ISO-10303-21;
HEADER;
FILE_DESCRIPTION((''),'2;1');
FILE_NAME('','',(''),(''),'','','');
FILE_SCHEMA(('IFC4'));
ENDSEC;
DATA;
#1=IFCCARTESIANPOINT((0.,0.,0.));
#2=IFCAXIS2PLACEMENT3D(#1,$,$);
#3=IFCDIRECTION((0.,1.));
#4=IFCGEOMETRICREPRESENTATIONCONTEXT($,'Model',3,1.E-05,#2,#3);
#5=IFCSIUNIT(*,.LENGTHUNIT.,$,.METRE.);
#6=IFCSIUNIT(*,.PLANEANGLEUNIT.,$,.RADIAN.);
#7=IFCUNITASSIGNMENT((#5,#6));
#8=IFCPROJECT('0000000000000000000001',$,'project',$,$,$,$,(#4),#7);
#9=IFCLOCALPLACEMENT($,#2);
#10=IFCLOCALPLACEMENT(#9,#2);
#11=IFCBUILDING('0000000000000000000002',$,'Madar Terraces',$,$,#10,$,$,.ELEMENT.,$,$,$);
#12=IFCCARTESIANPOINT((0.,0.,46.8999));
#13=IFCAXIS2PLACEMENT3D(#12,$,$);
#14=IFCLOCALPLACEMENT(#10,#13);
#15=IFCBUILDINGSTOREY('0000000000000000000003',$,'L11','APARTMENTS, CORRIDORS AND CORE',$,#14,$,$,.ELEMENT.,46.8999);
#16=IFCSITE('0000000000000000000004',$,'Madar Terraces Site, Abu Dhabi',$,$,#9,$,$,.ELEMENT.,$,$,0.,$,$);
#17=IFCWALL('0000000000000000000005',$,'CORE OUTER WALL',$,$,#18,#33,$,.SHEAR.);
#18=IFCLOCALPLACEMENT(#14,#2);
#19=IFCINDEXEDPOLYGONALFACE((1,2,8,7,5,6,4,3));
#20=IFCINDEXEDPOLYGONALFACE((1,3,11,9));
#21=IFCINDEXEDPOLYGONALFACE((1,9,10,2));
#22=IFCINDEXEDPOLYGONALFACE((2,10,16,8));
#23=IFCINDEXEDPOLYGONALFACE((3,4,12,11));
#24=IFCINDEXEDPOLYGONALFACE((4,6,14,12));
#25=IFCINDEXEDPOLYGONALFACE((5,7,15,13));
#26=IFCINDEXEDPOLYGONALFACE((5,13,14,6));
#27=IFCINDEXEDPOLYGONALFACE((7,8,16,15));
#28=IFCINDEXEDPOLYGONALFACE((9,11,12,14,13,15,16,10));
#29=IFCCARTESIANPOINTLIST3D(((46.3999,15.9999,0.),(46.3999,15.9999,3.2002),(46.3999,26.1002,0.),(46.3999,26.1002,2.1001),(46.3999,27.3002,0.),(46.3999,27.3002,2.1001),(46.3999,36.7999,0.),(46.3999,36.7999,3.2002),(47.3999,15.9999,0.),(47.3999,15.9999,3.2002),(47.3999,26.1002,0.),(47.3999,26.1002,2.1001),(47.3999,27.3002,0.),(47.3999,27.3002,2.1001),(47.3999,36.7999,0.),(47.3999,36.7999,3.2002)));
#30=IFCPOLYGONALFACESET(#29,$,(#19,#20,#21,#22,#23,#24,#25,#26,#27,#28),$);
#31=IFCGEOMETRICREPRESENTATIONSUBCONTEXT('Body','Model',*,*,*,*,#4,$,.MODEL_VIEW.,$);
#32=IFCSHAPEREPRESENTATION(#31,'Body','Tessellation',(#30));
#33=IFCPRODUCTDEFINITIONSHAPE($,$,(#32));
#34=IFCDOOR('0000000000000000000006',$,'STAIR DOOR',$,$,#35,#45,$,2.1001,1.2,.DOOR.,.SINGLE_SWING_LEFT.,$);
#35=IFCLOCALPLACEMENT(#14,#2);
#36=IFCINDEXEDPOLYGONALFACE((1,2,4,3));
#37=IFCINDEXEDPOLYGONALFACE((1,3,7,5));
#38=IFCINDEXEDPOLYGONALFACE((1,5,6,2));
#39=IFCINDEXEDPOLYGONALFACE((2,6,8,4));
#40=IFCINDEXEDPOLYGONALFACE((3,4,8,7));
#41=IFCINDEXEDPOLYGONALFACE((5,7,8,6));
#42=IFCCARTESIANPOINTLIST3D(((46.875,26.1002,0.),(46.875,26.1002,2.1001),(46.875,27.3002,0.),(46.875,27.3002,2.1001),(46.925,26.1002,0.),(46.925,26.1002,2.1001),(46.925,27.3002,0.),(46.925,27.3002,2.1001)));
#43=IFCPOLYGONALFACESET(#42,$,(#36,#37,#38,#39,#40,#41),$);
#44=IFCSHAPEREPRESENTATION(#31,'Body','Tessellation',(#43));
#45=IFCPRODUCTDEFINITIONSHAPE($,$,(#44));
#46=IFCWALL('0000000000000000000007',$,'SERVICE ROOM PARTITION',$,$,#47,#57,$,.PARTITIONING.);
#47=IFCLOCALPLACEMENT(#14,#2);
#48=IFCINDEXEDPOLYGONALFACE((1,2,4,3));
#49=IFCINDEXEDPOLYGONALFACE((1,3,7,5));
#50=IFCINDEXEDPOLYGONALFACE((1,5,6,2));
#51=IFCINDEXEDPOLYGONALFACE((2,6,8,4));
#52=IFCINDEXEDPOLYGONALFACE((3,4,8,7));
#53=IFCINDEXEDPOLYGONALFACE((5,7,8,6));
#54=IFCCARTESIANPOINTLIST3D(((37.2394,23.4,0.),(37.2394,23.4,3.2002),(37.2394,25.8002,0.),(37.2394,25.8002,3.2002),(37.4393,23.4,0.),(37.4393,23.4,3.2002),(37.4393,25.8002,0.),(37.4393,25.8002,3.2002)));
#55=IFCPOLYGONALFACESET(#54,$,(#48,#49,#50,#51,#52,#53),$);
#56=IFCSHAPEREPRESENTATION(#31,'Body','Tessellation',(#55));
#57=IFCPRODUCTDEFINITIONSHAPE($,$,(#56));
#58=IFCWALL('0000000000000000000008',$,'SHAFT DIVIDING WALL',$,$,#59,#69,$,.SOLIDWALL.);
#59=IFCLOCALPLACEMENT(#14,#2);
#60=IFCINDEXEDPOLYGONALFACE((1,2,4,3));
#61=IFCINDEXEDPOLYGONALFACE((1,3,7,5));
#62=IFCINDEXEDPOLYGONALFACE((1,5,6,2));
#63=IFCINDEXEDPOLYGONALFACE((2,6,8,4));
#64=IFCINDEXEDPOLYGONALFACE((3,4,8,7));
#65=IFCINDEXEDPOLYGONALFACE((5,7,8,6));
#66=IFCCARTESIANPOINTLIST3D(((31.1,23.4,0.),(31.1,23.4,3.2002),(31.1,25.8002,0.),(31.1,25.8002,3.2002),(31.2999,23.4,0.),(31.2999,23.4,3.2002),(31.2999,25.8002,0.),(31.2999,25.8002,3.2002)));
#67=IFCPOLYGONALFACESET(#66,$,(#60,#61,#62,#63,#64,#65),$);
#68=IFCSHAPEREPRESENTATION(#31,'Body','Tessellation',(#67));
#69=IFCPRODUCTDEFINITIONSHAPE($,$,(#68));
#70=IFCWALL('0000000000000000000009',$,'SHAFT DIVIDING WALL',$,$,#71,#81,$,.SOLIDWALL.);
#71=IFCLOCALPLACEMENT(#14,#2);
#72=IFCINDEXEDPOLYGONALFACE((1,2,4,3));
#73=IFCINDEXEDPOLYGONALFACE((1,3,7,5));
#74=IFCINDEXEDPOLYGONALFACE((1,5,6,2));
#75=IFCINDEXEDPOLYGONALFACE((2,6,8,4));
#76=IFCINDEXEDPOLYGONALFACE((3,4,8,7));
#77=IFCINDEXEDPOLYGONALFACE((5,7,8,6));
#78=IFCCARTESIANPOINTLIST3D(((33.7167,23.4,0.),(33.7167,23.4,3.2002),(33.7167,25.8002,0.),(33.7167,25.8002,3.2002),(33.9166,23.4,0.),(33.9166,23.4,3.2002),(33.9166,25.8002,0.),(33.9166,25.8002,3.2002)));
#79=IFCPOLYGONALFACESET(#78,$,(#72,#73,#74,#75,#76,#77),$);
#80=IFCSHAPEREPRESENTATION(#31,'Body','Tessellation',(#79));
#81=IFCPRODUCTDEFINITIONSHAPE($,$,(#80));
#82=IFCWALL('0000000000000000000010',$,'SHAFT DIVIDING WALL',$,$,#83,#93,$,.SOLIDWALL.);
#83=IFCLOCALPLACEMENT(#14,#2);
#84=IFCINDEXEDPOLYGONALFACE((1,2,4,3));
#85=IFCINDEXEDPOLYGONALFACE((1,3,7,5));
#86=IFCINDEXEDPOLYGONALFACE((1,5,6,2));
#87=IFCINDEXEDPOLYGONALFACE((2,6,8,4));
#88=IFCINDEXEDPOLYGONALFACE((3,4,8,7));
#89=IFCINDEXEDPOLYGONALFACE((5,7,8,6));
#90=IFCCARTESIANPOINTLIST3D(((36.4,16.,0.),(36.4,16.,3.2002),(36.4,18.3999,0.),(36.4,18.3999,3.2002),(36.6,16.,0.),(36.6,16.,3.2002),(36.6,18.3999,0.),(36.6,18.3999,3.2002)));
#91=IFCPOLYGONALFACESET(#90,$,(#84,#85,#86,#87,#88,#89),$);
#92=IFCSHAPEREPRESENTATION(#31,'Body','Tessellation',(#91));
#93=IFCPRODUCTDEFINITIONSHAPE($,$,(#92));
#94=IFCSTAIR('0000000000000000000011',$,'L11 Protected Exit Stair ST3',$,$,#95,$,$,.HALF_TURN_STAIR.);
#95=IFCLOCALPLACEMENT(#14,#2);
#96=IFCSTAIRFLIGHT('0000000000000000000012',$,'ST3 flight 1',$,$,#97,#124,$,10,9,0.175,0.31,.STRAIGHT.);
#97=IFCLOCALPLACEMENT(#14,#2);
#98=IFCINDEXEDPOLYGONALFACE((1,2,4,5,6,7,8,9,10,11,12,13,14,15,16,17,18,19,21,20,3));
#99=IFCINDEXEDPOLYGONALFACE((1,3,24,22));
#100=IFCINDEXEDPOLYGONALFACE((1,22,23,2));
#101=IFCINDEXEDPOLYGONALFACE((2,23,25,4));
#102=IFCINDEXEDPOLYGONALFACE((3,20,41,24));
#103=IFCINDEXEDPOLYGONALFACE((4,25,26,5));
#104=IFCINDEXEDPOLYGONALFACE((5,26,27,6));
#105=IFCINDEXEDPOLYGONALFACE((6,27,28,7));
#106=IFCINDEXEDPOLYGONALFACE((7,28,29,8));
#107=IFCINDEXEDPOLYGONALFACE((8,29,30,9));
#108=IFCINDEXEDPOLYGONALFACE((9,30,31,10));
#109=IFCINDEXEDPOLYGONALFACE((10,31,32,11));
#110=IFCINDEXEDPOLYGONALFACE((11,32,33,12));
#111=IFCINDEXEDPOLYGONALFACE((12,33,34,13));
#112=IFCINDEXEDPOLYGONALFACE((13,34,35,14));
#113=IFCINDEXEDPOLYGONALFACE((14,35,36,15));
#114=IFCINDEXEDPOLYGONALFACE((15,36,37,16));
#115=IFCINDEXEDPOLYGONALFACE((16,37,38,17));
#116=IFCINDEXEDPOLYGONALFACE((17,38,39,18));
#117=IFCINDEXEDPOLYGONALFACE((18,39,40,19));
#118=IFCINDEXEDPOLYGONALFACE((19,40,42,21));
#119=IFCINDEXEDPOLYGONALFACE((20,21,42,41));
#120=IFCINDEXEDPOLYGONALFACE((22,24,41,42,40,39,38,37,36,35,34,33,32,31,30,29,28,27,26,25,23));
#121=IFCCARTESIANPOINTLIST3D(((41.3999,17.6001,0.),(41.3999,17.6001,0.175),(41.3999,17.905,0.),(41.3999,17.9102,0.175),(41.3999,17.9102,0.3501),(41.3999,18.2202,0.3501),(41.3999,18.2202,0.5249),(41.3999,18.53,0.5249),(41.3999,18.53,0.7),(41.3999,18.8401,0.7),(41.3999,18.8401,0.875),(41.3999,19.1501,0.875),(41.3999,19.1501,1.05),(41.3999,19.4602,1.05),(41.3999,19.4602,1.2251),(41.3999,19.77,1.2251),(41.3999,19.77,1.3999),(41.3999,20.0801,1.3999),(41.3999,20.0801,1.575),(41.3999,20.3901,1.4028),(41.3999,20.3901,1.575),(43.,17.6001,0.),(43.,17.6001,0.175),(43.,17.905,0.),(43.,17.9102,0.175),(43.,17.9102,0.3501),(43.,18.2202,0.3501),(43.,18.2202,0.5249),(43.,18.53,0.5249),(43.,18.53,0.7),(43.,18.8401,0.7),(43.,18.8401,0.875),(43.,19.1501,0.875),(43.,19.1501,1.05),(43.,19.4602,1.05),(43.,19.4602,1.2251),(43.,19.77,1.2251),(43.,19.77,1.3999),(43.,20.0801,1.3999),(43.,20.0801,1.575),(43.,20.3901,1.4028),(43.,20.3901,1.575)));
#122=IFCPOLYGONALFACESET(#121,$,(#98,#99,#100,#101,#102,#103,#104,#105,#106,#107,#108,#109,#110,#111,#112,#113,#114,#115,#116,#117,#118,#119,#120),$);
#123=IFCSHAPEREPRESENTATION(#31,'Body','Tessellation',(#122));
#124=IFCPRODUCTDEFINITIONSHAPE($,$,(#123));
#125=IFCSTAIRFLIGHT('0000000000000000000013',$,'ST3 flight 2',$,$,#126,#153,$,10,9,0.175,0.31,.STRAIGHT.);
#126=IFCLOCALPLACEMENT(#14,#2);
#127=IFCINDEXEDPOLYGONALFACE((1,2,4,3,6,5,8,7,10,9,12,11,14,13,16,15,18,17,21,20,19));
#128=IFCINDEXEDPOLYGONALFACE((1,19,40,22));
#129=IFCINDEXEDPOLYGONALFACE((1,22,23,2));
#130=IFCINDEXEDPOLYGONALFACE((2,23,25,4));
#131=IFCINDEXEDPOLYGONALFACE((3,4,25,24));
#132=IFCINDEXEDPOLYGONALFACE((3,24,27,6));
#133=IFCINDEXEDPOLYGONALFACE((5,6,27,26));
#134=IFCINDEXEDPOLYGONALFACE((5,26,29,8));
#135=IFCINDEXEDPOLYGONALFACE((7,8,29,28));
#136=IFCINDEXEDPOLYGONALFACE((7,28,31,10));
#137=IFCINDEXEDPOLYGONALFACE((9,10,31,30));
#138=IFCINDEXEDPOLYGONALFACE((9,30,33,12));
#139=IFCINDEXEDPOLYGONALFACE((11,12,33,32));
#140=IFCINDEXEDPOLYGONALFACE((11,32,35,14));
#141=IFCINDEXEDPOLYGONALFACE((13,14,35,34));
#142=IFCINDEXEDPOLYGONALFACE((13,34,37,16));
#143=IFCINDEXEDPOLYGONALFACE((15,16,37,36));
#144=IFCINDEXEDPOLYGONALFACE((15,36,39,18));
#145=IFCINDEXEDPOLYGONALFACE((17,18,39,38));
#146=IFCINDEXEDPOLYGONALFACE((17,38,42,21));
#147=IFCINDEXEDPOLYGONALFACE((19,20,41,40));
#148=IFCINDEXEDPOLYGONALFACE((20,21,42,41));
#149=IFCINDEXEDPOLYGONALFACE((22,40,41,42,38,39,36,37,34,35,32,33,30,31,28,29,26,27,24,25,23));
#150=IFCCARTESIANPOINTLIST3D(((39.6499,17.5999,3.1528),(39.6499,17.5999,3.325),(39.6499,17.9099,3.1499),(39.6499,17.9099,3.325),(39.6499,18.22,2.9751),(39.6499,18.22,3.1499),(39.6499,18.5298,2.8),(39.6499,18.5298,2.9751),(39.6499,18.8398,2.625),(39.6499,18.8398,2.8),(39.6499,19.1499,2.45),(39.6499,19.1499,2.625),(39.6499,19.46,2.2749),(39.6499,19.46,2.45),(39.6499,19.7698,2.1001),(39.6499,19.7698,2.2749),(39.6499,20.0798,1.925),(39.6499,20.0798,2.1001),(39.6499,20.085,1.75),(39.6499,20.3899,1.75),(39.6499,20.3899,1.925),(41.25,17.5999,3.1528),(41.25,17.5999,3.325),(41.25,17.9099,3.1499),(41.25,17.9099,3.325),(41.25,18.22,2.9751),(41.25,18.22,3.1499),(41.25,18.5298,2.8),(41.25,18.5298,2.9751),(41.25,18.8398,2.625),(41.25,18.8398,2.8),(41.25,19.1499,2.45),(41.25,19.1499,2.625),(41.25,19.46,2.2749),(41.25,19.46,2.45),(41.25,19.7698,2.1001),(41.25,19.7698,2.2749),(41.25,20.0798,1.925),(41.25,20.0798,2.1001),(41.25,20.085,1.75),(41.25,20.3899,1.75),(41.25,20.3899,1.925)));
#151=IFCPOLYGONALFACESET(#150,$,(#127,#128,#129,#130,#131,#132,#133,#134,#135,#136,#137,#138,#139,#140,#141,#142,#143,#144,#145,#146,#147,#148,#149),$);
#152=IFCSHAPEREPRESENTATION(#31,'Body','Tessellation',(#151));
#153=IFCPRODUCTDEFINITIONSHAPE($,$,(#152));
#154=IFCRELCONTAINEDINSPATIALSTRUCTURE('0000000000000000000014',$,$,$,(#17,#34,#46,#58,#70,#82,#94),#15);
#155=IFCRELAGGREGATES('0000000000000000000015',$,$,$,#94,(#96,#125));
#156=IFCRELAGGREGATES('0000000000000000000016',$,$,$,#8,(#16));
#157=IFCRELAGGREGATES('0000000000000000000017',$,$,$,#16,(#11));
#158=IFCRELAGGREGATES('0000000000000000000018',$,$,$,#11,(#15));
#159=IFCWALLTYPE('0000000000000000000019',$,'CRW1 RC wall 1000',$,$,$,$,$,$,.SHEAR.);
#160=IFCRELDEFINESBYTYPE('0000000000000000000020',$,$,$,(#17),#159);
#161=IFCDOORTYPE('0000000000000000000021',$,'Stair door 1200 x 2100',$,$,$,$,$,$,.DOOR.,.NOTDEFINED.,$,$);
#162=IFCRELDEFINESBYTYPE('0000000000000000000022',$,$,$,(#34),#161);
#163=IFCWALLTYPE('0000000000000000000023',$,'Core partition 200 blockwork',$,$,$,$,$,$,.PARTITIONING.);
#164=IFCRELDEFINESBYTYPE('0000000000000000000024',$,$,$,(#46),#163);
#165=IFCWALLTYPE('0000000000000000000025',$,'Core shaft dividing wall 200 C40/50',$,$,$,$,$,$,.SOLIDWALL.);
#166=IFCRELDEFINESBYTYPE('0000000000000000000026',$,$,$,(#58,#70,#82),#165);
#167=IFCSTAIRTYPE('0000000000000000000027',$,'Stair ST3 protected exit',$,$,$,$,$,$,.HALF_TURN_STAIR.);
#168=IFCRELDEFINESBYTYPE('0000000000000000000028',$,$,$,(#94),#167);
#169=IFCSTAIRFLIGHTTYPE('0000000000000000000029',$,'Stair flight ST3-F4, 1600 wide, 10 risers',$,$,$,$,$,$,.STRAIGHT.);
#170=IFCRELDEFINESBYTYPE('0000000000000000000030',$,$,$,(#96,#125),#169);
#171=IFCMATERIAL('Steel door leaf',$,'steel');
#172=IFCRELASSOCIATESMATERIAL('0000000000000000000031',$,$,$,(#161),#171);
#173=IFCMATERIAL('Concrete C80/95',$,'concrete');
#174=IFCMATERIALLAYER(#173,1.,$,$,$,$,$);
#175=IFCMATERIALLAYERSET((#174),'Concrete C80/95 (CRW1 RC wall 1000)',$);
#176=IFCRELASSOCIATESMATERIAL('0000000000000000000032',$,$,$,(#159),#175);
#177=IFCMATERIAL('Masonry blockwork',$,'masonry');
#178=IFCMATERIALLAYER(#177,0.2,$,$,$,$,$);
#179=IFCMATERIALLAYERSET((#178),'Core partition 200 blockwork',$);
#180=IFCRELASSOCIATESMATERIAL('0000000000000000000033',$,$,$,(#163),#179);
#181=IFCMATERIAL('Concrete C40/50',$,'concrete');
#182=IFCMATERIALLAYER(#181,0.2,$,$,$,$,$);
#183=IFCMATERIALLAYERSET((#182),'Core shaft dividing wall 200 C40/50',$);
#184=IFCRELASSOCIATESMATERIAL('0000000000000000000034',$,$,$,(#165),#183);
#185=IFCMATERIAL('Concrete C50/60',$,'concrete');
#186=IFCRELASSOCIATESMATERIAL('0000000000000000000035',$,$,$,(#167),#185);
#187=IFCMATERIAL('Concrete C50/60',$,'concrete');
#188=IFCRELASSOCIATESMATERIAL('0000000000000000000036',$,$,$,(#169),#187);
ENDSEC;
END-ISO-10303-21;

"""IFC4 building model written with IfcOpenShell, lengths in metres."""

from ifc_helpers import new_model, si_unit, direction, frame, frame_2d, origin, place, context, subcontext, project, spatial, polyline, rectangle, outline, extrude, material, layer, layer_set, type_object, element, fill, aggregate, save


model = new_model("IFC4")

# Units and contexts
model_context = context("Model", 3, precision=1e-05, world=origin(), true_north=direction((0.0, 1.0)))
body_context = subcontext(model_context, "Body", "Model", "MODEL_VIEW")
ifc_project = project(units=[si_unit("LENGTHUNIT", "METRE"), si_unit("PLANEANGLEUNIT", "RADIAN")], contexts=[model_context])

# Site, building, storey
site_placement = place(None, origin())
site = spatial("IfcSite", under=ifc_project, at=site_placement, Name="Madar Terraces Site, Abu Dhabi", CompositionType="ELEMENT", RefElevation=0.0)
building_placement = place(site_placement, origin())
building = spatial("IfcBuilding", under=site, at=building_placement, Name="Madar Terraces", CompositionType="ELEMENT")
storey_placement = place(building_placement, frame((0.0, 0.0, 46.8999)))
storey = spatial("IfcBuildingStorey", under=building, at=storey_placement, Name="L11", Description="APARTMENTS, CORRIDORS AND CORE", CompositionType="ELEMENT", Elevation=46.8999)

# Shared definitions
ifc_material_1 = material(Name="Steel door leaf", Category="steel")
door_type_1 = type_object("IfcDoorType", Name="Stair door 1200 x 2100", OperationType="NOTDEFINED", PredefinedType="DOOR", material=ifc_material_1)

# Wall, opening, door
ifc_material_2 = material(Name="Concrete C80/95", Category="concrete")
ifc_layer_1 = layer(ifc_material_2, 1.0)
ifc_layer_set_1 = layer_set([ifc_layer_1], Name="Concrete C80/95 (CRW1 RC wall 1000)")
wall_type_1 = type_object("IfcWallType", Name="CRW1 RC wall 1000", PredefinedType="SHEAR", material=ifc_layer_set_1)
wall_1_placement = place(storey_placement, frame((46.8999, 16.0, 0.0), z_axis=(0.0, 0.0, 1.0), x_axis=(0.0, 1.0, 0.0)))
wall_1 = element("IfcWall", 1, at=wall_1_placement, inside=storey, type_object=wall_type_1, Name="CORE OUTER WALL", PredefinedType="SHEAR", context=body_context, shape_type="SweptSolid", body=[
    extrude(rectangle(XDim=20.8, YDim=1.0, at=frame_2d((10.3999, 0.0))), origin(), (0.0, 0.0, 1.0), 3.2002),
])
opening_1_placement = place(wall_1_placement, frame((10.1001, 0.0, 0.0)))
opening_1 = element("IfcOpeningElement", 2, at=opening_1_placement, cuts=wall_1, PredefinedType="OPENING", context=body_context, shape_type="SweptSolid", body=[
    extrude(rectangle(XDim=1.2, YDim=2.1001, at=frame_2d((0.6001, 1.05))), frame((0.0, 0.51, 0.0), z_axis=(0.0, -1.0, 0.0), x_axis=(1.0, 0.0, 0.0)), (0.0, 0.0, 1.0), 1.02),
])
door_1_placement = place(opening_1_placement, origin())
door_1 = element("IfcDoor", 3, at=door_1_placement, inside=storey, type_object=door_type_1, Name="STAIR DOOR", OperationType="SINGLE_SWING_LEFT", OverallHeight=2.1001, OverallWidth=1.2, PredefinedType="DOOR", context=body_context, shape_type="SweptSolid", body=[
    extrude(rectangle(XDim=1.2, YDim=2.1001, at=frame_2d((0.6001, 1.05))), frame((0.0, 0.0249, 0.0), z_axis=(0.0, -1.0, 0.0), x_axis=(1.0, 0.0, 0.0)), (0.0, 0.0, 1.0), 0.05),
])
fill(opening_1, door_1)

# Walls
ifc_material_3 = material(Name="Masonry blockwork", Category="masonry")
ifc_layer_2 = layer(ifc_material_3, 0.2)
ifc_layer_set_2 = layer_set([ifc_layer_2], Name="Core partition 200 blockwork")
wall_type_2 = type_object("IfcWallType", Name="Core partition 200 blockwork", PredefinedType="PARTITIONING", material=ifc_layer_set_2)
wall_2_placement = place(storey_placement, frame((37.3394, 23.3999, 0.0), z_axis=(0.0, 0.0, 1.0), x_axis=(0.0, 1.0, 0.0)))
element("IfcWall", 4, at=wall_2_placement, inside=storey, type_object=wall_type_2, Name="SERVICE ROOM PARTITION", PredefinedType="PARTITIONING", context=body_context, shape_type="SweptSolid", body=[
    extrude(rectangle(XDim=2.4001, YDim=0.2, at=frame_2d((1.2002, 0.0))), origin(), (0.0, 0.0, 1.0), 3.2002),
])
ifc_material_4 = material(Name="Concrete C40/50", Category="concrete")
ifc_layer_3 = layer(ifc_material_4, 0.2)
ifc_layer_set_3 = layer_set([ifc_layer_3], Name="Core shaft dividing wall 200 C40/50")
wall_type_3 = type_object("IfcWallType", Name="Core shaft dividing wall 200 C40/50", PredefinedType="SOLIDWALL", material=ifc_layer_set_3)
for number, where, z_axis, x_axis, name in (
    (5, (31.2, 23.3999, 0.0), (0.0, 0.0, 1.0), (0.0, 1.0, 0.0), "SHAFT DIVIDING WALL"),
    (6, (33.8167, 23.3999, 0.0), (0.0, 0.0, 1.0), (0.0, 1.0, 0.0), "SHAFT DIVIDING WALL"),
):
    element("IfcWall", number, at=place(storey_placement, frame(where, z_axis=z_axis, x_axis=x_axis)), inside=storey, type_object=wall_type_3, Name=name, PredefinedType="SOLIDWALL", context=body_context, shape_type="SweptSolid", body=[
        extrude(rectangle(XDim=2.4001, YDim=0.2, at=frame_2d((1.2002, 0.0))), origin(), (0.0, 0.0, 1.0), 3.2002),
    ])
wall_3_placement = place(storey_placement, frame((36.5, 16.0, 0.0), z_axis=(0.0, 0.0, 1.0), x_axis=(0.0, 1.0, 0.0)))
element("IfcWall", 7, at=wall_3_placement, inside=storey, type_object=wall_type_3, Name="SHAFT DIVIDING WALL", PredefinedType="SOLIDWALL", context=body_context, shape_type="SweptSolid", body=[
    extrude(rectangle(XDim=2.3999, YDim=0.2, at=frame_2d((1.2, 0.0))), origin(), (0.0, 0.0, 1.0), 3.2002),
])

# Stair, stair flights
ifc_material_5 = material(Name="Concrete C50/60", Category="concrete")
stair_type = type_object("IfcStairType", Name="Stair ST3 protected exit", PredefinedType="HALF_TURN_STAIR", material=ifc_material_5)
stair_placement = place(storey_placement, origin())
stair = element("IfcStair", 8, at=stair_placement, inside=storey, type_object=stair_type, Name="L11 Protected Exit Stair ST3", PredefinedType="HALF_TURN_STAIR")
ifc_material_6 = material(Name="Concrete C50/60", Category="concrete")
stair_flight_type = type_object("IfcStairFlightType", Name="Stair flight ST3-F4, 1600 wide, 10 risers", PredefinedType="STRAIGHT", material=ifc_material_6)
stair_flight_1_placement = place(storey_placement, frame((42.2, 17.6001, 0.0), z_axis=(0.0, 0.0, 1.0), x_axis=(0.0, 1.0, 0.0)))
stair_flight_1 = element("IfcStairFlight", 9, at=stair_flight_1_placement, type_object=stair_flight_type, Name="ST3 flight 1", NumberOfRisers=10, NumberOfTreads=9, PredefinedType="STRAIGHT", RiserHeight=0.175, TreadLength=0.31, context=body_context, shape_type="SweptSolid", body=[
    extrude(outline(polyline([(0.0, 0.0), (0.0, 0.175), (0.3101, 0.175), (0.3101, 0.3501), (0.6201, 0.3501), (0.6201, 0.5249), (0.9299, 0.5249), (0.9299, 0.7), (1.24, 0.7), (1.24, 0.875), (1.55, 0.875), (1.55, 1.05), (1.8601, 1.05), (1.8601, 1.2251), (2.1699, 1.2251), (2.1699, 1.3999), (2.48, 1.3999), (2.48, 1.575), (2.79, 1.575), (2.79, 1.75), (2.79, 1.4028), (0.3049, 0.0), (0.0, 0.0)])), frame((0.0, 0.8, 0.0), z_axis=(0.0, -1.0, 0.0), x_axis=(1.0, 0.0, 0.0)), (0.0, 0.0, 1.0), 1.6001),
])
stair_flight_2_placement = place(storey_placement, frame((40.45, 20.3899, 1.75), z_axis=(0.0, 0.0, 1.0), x_axis=(0.0, -1.0, 0.0)))
stair_flight_2 = element("IfcStairFlight", 10, at=stair_flight_2_placement, type_object=stair_flight_type, Name="ST3 flight 2", NumberOfRisers=10, NumberOfTreads=9, PredefinedType="STRAIGHT", RiserHeight=0.175, TreadLength=0.31, context=body_context, shape_type="SweptSolid", body=[
    extrude(outline(polyline([(0.0, 0.0), (0.0, 0.175), (0.3101, 0.175), (0.3101, 0.3501), (0.6201, 0.3501), (0.6201, 0.5249), (0.9299, 0.5249), (0.9299, 0.7), (1.24, 0.7), (1.24, 0.875), (1.55, 0.875), (1.55, 1.05), (1.8601, 1.05), (1.8601, 1.2251), (2.1699, 1.2251), (2.1699, 1.3999), (2.48, 1.3999), (2.48, 1.575), (2.79, 1.575), (2.79, 1.75), (2.79, 1.4028), (0.3049, 0.0), (0.0, 0.0)])), frame((0.0, 0.8, 0.0), z_axis=(0.0, -1.0, 0.0), x_axis=(1.0, 0.0, 0.0)), (0.0, 0.0, 1.0), 1.6001),
])
aggregate(stair, [stair_flight_1, stair_flight_2])

save(model, "model.ifc")
